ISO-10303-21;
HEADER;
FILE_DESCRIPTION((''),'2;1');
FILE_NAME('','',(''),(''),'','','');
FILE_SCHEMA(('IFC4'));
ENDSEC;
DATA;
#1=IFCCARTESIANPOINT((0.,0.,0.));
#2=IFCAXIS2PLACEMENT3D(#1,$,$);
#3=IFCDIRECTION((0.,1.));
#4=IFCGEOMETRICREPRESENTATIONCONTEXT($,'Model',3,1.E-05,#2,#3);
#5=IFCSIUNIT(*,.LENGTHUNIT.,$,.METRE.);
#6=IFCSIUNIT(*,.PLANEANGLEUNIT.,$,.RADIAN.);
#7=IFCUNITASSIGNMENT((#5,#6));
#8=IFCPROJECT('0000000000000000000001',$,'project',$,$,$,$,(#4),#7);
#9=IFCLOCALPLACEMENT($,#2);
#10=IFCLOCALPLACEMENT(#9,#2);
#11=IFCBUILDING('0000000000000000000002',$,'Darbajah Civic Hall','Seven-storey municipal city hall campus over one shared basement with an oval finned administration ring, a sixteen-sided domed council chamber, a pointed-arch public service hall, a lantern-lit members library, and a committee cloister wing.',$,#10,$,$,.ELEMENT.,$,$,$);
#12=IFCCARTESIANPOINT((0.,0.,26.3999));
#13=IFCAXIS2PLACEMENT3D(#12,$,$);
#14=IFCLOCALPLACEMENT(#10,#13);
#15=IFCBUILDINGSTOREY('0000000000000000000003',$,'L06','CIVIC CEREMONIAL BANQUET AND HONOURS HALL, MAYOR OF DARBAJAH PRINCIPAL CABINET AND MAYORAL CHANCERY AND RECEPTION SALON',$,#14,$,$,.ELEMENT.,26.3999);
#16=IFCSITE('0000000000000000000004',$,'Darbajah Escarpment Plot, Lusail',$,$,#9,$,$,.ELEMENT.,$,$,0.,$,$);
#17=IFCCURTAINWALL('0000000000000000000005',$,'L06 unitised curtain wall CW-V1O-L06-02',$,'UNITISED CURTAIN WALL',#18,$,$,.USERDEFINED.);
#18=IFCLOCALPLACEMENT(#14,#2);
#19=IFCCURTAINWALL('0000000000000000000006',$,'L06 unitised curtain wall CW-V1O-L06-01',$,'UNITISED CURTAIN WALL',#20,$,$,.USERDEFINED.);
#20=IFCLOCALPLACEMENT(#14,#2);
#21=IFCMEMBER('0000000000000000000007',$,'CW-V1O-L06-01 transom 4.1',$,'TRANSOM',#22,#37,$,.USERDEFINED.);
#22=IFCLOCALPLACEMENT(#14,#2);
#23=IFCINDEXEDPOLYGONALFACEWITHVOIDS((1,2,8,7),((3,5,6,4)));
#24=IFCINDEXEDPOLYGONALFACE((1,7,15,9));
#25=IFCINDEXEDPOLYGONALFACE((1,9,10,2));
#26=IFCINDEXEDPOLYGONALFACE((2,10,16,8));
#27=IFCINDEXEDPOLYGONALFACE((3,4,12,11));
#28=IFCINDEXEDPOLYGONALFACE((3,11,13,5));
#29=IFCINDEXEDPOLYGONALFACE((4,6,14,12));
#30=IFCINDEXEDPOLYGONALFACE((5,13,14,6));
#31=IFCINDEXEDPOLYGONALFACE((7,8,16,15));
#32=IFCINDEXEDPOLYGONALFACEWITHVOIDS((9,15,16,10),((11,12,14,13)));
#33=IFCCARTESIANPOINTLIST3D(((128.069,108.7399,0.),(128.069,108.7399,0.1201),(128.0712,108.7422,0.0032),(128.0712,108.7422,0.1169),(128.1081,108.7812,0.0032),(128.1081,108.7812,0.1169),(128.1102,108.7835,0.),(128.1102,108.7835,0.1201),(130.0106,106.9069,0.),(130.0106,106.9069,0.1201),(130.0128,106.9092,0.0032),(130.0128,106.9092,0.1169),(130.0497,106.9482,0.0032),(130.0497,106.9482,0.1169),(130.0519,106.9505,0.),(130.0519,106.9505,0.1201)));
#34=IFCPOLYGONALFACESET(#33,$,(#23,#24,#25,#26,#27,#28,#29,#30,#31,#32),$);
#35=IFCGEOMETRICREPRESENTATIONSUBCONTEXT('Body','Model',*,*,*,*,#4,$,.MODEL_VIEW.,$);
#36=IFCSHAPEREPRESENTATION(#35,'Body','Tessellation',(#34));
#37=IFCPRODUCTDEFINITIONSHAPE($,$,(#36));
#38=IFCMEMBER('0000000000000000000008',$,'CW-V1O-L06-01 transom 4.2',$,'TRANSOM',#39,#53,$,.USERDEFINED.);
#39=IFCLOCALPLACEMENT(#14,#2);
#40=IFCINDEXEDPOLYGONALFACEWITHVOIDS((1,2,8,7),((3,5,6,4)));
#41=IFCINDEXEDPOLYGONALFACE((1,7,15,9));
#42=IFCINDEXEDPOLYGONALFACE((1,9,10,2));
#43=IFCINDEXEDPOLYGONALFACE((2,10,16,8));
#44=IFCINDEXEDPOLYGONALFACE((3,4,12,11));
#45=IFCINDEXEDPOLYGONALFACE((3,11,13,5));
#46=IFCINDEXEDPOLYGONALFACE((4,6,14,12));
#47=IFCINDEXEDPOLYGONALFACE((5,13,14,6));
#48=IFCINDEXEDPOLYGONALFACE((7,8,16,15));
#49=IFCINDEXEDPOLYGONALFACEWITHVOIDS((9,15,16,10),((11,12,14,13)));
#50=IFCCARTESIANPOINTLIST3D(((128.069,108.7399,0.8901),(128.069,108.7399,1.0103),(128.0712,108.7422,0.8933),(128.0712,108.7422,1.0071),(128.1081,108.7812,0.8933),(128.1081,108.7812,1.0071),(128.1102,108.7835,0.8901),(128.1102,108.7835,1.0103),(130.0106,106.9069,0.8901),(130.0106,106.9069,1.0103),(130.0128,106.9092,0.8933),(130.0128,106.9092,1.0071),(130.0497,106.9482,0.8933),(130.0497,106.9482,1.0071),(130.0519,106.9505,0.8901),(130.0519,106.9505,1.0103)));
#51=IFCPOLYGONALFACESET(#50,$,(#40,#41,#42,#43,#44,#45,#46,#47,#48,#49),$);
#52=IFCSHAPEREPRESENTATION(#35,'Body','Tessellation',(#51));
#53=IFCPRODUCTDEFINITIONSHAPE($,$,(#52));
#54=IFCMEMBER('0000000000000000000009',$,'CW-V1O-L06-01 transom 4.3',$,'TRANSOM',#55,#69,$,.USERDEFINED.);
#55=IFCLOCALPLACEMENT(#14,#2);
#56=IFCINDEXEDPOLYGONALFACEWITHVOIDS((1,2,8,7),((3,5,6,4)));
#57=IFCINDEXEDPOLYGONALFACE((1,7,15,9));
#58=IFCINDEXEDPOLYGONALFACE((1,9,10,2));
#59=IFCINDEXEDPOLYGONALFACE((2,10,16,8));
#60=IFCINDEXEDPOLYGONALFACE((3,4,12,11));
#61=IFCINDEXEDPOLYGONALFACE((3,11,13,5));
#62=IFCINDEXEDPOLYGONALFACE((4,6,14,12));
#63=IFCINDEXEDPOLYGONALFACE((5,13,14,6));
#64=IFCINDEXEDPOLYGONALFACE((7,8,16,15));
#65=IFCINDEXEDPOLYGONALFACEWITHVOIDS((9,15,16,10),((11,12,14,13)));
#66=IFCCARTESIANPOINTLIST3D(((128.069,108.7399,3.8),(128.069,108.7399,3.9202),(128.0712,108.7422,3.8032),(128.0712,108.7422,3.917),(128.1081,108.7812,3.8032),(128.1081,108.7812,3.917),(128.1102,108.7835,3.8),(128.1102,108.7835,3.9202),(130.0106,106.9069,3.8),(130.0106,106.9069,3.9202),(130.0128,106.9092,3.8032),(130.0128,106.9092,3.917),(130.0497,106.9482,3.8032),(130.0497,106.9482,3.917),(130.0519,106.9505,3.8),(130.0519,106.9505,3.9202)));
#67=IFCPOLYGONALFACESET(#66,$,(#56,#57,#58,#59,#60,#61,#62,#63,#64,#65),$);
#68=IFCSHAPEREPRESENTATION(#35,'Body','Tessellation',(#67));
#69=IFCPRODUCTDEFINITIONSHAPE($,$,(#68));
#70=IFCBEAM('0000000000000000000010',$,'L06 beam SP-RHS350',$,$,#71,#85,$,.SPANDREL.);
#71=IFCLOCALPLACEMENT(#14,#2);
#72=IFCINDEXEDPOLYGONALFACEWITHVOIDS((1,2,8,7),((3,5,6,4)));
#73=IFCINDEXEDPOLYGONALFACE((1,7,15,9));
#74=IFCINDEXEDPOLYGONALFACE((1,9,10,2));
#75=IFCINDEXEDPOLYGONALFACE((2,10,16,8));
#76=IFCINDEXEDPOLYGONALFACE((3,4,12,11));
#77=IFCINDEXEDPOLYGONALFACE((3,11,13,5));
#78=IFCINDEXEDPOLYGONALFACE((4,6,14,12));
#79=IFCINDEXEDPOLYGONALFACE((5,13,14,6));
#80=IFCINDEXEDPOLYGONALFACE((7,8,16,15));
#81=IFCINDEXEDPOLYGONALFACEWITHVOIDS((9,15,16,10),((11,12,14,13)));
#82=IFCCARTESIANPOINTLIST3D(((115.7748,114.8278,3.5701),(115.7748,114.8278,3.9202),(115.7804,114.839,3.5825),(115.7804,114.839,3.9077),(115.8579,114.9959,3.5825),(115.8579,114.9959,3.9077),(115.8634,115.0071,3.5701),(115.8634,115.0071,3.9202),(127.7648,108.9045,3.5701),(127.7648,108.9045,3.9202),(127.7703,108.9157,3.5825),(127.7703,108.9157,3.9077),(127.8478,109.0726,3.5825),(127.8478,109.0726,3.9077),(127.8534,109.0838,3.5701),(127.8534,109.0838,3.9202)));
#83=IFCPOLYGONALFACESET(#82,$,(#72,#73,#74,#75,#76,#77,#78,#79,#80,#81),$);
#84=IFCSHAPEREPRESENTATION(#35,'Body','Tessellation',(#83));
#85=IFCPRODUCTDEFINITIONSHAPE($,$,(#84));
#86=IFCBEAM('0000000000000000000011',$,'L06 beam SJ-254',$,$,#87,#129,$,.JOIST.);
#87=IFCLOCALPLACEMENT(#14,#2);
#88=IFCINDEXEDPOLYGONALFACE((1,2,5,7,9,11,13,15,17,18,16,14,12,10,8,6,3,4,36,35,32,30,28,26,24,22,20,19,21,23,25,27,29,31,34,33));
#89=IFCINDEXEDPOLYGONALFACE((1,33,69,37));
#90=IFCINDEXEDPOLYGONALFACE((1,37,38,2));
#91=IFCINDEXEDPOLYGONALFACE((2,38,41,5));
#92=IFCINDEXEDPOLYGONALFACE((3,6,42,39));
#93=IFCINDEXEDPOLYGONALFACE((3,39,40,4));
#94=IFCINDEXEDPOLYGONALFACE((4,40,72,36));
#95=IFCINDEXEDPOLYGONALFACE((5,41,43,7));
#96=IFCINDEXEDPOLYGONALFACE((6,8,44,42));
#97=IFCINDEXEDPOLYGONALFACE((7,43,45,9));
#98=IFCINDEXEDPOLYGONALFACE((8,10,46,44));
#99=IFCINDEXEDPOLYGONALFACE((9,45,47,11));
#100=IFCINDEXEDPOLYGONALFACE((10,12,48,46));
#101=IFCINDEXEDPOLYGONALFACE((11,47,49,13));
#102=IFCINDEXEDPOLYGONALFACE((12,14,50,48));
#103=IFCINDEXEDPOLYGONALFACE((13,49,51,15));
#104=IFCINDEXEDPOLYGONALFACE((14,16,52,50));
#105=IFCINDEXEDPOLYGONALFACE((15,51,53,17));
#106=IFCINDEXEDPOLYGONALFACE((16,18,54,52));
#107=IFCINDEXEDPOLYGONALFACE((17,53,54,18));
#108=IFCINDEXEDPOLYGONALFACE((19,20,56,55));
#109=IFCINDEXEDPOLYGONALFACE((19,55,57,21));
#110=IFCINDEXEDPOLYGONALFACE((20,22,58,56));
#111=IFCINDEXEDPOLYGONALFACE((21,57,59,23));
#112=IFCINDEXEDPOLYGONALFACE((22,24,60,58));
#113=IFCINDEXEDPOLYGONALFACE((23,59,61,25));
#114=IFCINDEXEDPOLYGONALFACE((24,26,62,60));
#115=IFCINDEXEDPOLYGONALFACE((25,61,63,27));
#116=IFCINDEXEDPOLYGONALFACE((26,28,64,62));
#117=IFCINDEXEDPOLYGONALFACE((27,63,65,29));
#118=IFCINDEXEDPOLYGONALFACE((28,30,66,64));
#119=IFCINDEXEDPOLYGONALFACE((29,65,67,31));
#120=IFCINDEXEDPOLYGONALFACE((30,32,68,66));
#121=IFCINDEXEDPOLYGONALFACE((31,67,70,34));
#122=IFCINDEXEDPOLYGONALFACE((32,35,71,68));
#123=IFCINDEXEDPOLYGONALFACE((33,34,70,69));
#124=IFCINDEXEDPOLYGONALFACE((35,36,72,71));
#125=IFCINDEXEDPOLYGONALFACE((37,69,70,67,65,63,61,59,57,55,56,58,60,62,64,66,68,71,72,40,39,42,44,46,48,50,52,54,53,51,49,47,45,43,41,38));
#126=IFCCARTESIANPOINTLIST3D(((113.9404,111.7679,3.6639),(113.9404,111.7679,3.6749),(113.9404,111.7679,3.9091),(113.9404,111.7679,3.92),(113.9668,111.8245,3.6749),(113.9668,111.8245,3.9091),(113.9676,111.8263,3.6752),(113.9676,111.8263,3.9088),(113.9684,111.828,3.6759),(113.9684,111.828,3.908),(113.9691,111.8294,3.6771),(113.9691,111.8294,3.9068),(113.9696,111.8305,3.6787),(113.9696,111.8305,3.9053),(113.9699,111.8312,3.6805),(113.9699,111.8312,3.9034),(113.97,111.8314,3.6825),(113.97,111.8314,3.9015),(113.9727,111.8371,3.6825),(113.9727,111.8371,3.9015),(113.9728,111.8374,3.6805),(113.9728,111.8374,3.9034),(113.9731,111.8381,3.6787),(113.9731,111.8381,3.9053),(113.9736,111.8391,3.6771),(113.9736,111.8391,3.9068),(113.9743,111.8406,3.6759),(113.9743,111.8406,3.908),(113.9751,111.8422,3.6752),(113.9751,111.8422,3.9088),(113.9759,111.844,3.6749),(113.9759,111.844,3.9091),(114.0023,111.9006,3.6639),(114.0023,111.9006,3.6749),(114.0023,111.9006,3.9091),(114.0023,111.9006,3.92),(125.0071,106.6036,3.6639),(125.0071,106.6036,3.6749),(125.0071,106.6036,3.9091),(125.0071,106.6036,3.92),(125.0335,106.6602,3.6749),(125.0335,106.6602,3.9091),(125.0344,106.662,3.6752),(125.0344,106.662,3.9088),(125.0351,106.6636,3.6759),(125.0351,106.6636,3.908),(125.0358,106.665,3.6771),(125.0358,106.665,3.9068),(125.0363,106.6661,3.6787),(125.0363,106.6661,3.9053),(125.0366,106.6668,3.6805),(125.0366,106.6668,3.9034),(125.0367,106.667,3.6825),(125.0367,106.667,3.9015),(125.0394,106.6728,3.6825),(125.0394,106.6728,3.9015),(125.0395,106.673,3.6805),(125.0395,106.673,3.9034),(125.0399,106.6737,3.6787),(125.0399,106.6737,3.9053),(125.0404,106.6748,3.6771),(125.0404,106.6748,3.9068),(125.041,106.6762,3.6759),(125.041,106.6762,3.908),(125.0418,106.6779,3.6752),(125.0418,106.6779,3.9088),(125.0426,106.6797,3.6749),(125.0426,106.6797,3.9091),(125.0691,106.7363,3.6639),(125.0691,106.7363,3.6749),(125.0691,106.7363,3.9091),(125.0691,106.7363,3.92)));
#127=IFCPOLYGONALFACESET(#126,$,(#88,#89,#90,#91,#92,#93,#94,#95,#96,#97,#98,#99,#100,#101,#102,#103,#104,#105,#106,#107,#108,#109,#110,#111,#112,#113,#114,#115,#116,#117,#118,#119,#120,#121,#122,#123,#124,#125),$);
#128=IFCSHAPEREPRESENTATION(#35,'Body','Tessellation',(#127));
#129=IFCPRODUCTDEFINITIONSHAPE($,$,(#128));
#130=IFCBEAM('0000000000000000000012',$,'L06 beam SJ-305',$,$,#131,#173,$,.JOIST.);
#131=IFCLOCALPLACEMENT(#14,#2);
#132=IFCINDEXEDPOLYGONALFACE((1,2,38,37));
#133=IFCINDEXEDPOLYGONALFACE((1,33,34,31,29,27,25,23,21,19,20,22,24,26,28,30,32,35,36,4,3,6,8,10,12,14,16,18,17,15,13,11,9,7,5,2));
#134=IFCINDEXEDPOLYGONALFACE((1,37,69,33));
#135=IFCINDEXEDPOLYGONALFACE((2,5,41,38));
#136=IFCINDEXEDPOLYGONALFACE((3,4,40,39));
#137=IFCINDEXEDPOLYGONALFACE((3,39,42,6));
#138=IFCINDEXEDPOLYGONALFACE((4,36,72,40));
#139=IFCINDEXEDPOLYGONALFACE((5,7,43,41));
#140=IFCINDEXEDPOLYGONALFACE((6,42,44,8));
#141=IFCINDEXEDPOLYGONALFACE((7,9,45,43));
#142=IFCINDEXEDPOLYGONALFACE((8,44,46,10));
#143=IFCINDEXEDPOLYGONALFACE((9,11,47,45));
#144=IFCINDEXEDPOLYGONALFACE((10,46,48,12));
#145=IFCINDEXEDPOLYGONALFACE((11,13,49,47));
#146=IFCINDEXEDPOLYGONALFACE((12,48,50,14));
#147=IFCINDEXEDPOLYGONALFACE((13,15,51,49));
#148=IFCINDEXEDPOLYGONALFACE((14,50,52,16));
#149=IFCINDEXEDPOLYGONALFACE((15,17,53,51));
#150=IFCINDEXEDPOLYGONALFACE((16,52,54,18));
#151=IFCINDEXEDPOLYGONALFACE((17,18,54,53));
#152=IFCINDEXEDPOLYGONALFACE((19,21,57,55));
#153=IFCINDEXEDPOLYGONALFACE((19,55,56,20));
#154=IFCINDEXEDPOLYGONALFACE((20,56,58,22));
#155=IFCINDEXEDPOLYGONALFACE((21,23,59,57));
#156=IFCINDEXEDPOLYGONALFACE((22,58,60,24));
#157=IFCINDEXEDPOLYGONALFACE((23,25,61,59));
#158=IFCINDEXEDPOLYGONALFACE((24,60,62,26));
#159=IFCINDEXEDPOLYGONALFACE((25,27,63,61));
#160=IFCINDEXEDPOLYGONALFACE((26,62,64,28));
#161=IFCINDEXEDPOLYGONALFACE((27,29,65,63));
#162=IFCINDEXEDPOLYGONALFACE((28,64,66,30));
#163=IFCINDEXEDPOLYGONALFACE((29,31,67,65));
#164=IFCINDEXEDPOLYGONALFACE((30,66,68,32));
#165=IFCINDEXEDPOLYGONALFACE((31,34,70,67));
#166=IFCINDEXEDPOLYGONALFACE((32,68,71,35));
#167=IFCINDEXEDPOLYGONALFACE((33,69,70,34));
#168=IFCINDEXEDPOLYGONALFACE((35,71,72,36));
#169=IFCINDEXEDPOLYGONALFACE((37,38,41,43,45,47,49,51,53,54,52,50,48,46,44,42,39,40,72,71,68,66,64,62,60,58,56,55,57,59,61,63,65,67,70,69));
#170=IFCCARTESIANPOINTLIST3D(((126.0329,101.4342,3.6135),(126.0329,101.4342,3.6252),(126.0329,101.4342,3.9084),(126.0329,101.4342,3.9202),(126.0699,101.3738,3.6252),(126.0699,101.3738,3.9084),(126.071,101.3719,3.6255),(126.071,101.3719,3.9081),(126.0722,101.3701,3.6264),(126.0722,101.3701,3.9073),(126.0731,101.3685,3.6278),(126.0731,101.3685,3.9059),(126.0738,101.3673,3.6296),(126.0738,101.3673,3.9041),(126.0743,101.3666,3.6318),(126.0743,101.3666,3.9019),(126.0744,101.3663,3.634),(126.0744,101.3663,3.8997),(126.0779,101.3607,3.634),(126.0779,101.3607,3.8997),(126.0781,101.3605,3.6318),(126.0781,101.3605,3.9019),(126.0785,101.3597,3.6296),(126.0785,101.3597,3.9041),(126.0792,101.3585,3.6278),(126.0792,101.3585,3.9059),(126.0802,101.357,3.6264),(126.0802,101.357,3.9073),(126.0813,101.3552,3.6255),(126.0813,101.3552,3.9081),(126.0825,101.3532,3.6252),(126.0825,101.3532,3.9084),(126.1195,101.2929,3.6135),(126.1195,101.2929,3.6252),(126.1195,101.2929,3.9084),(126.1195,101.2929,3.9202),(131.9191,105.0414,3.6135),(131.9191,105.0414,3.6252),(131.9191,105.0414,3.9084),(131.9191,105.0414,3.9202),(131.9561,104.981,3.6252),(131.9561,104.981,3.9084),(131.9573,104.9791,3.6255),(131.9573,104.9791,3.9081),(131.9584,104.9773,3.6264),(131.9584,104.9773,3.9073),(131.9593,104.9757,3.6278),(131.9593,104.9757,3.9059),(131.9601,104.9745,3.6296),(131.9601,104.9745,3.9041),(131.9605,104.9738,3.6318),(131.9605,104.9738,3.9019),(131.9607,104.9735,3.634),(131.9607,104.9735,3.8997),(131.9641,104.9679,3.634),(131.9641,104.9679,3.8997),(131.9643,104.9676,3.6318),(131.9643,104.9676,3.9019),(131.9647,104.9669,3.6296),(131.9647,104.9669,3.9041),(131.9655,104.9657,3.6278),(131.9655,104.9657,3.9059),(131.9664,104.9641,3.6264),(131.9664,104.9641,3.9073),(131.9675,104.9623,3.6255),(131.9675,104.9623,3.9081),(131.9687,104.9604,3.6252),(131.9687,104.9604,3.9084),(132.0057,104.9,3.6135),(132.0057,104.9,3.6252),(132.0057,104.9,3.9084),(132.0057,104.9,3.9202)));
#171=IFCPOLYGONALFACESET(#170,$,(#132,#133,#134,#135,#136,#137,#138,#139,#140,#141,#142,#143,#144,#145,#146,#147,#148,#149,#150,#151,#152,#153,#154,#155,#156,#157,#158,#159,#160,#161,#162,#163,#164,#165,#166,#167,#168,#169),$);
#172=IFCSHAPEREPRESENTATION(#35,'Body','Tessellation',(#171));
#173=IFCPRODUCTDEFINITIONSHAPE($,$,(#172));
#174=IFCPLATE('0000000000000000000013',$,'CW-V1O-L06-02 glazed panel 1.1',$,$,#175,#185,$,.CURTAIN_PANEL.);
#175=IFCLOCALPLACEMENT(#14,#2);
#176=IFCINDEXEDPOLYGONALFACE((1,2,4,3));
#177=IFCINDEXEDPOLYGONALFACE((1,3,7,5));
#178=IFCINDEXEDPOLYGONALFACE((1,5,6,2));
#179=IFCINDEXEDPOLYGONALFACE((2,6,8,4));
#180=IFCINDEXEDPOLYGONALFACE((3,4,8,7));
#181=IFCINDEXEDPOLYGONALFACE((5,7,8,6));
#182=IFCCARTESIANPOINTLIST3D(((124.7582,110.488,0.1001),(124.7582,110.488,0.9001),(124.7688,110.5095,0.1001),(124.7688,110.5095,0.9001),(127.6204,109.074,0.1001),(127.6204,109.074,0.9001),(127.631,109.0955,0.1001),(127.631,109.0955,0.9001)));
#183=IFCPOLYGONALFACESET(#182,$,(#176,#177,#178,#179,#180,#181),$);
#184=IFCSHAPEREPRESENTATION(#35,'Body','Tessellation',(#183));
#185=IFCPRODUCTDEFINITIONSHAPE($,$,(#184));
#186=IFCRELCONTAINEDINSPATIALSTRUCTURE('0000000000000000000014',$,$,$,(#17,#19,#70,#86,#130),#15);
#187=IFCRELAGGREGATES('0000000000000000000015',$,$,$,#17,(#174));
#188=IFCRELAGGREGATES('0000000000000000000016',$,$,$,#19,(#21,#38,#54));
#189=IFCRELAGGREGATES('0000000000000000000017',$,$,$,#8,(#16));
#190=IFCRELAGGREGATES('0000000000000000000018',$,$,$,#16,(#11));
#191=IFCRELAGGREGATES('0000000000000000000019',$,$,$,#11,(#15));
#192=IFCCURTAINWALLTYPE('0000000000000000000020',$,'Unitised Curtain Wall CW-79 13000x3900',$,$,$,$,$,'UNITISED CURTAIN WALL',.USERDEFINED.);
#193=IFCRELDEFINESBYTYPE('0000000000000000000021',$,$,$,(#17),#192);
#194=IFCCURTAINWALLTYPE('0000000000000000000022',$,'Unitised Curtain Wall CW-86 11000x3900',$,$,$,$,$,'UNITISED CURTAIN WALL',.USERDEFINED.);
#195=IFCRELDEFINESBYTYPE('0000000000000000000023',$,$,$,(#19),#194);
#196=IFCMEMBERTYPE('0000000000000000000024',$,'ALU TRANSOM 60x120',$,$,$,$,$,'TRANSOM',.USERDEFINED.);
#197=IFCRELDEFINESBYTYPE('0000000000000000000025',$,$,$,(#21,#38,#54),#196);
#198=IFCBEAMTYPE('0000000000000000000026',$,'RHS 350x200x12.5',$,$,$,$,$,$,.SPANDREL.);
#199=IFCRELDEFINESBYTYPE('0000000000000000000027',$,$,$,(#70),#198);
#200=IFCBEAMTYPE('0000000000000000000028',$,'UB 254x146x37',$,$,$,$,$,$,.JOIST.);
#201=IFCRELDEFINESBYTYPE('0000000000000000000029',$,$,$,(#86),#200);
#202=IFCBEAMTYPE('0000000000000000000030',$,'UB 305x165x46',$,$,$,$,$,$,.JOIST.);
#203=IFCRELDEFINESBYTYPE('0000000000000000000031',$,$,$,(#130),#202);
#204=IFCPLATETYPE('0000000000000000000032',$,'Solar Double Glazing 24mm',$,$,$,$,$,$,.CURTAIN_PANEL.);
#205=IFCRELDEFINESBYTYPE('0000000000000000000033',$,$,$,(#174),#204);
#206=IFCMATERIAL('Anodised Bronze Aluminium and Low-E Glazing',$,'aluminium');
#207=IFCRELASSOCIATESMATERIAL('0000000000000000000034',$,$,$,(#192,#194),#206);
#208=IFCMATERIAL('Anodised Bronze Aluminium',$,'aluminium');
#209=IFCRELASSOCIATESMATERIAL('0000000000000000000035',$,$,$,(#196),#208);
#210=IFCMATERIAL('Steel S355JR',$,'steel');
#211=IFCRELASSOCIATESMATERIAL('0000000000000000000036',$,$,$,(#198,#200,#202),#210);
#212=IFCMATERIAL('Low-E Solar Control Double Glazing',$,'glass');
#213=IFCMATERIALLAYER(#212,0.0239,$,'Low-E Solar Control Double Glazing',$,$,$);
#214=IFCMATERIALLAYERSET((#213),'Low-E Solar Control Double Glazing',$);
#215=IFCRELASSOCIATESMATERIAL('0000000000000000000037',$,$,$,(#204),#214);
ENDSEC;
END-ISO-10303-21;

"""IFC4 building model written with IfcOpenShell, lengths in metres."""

from ifc_helpers import new_model, si_unit, direction, frame, origin, origin_2d, place, context, subcontext, project, spatial, rectangle, hollow_rectangle, i_section, extrude, material, layer, layer_set, material_profile, profile_set, type_object, element, aggregate, save


model = new_model("IFC4")

# Units and contexts
model_context = context("Model", 3, precision=1e-05, world=origin(), true_north=direction((0.0, 1.0)))
body_context = subcontext(model_context, "Body", "Model", "MODEL_VIEW")
ifc_project = project(units=[si_unit("LENGTHUNIT", "METRE"), si_unit("PLANEANGLEUNIT", "RADIAN")], contexts=[model_context])

# Site, building, storey
site_placement = place(None, origin())
site = spatial("IfcSite", under=ifc_project, at=site_placement, Name="Darbajah Escarpment Plot, Lusail", CompositionType="ELEMENT", RefElevation=0.0)
building_placement = place(site_placement, origin())
building = spatial("IfcBuilding", under=site, at=building_placement, Name="Darbajah Civic Hall", Description="Seven-storey municipal city hall campus over one shared basement with an oval finned administration ring, a sixteen-sided domed council chamber, a pointed-arch public service hall, a lantern-lit members library, and a committee cloister wing.", CompositionType="ELEMENT")
storey_placement = place(building_placement, frame((0.0, 0.0, 26.3999)))
storey = spatial("IfcBuildingStorey", under=building, at=storey_placement, Name="L06", Description="CIVIC CEREMONIAL BANQUET AND HONOURS HALL, MAYOR OF DARBAJAH PRINCIPAL CABINET AND MAYORAL CHANCERY AND RECEPTION SALON", CompositionType="ELEMENT", Elevation=26.3999)

# Curtain walls
ifc_material_1 = material(Name="Anodised Bronze Aluminium and Low-E Glazing", Category="aluminium")
curtain_wall_type_1 = type_object("IfcCurtainWallType", Name="Unitised Curtain Wall CW-79 13000x3900", ElementType="UNITISED CURTAIN WALL", PredefinedType="USERDEFINED", material=ifc_material_1)
curtain_wall_1_placement = place(storey_placement, origin())
curtain_wall_1 = element("IfcCurtainWall", 1, at=curtain_wall_1_placement, inside=storey, type_object=curtain_wall_type_1, Name="L06 unitised curtain wall CW-V1O-L06-02", ObjectType="UNITISED CURTAIN WALL", PredefinedType="USERDEFINED")
ifc_material_2 = material(Name="Anodised Bronze Aluminium", Category="aluminium")
curtain_wall_type_2 = type_object("IfcCurtainWallType", Name="Unitised Curtain Wall CW-86 11000x3900", ElementType="UNITISED CURTAIN WALL", PredefinedType="USERDEFINED", material=ifc_material_1)
curtain_wall_2_placement = place(storey_placement, origin())
curtain_wall_2 = element("IfcCurtainWall", 2, at=curtain_wall_2_placement, inside=storey, type_object=curtain_wall_type_2, Name="L06 unitised curtain wall CW-V1O-L06-01", ObjectType="UNITISED CURTAIN WALL", PredefinedType="USERDEFINED")

# Members
ifc_material_profile_1 = material_profile(ifc_material_2, hollow_rectangle(XDim=0.0601, YDim=0.1201, WallThickness=0.0032, at=origin_2d()), Name="ALU TRANSOM 60x120")
ifc_profile_set_1 = profile_set([ifc_material_profile_1], Name="Anodised Bronze Aluminium")
member_type_1 = type_object("IfcMemberType", Name="ALU TRANSOM 60x120", ElementType="TRANSOM", PredefinedType="USERDEFINED", material=ifc_profile_set_1)
member_1_placement = place(storey_placement, frame((130.0312, 106.9287, 0.0601), z_axis=(-0.727158, 0.68647, 0.0), x_axis=(-0.68647, -0.727158, 0.0)))
member_1 = element("IfcMember", 3, at=member_1_placement, type_object=member_type_1, Name="CW-V1O-L06-01 transom 4.1", ObjectType="TRANSOM", PredefinedType="USERDEFINED", context=body_context, shape_type="SweptSolid", body=[
    extrude(hollow_rectangle(XDim=0.0601, YDim=0.1201, WallThickness=0.0032, at=origin_2d()), origin(), (0.0, 0.0, 1.0), 2.6702),
])
member_2_placement = place(storey_placement, frame((130.0312, 106.9287, 0.9502), z_axis=(-0.727158, 0.68647, 0.0), x_axis=(-0.68647, -0.727158, 0.0)))
member_2 = element("IfcMember", 4, at=member_2_placement, type_object=member_type_1, Name="CW-V1O-L06-01 transom 4.2", ObjectType="TRANSOM", PredefinedType="USERDEFINED", context=body_context, shape_type="SweptSolid", body=[
    extrude(hollow_rectangle(XDim=0.0601, YDim=0.1201, WallThickness=0.0032, at=origin_2d()), origin(), (0.0, 0.0, 1.0), 2.6702),
])
member_3_placement = place(storey_placement, frame((130.0312, 106.9287, 3.8601), z_axis=(-0.727158, 0.68647, 0.0), x_axis=(-0.68647, -0.727158, 0.0)))
member_3 = element("IfcMember", 5, at=member_3_placement, type_object=member_type_1, Name="CW-V1O-L06-01 transom 4.3", ObjectType="TRANSOM", PredefinedType="USERDEFINED", context=body_context, shape_type="SweptSolid", body=[
    extrude(hollow_rectangle(XDim=0.0601, YDim=0.1201, WallThickness=0.0032, at=origin_2d()), origin(), (0.0, 0.0, 1.0), 2.6702),
])

# Beams
ifc_material_3 = material(Name="Steel S355JR", Category="steel")
ifc_material_profile_2 = material_profile(ifc_material_3, hollow_rectangle(XDim=0.2, YDim=0.3501, WallThickness=0.0125, at=origin_2d()), Name="RHS 350x200x12.5")
ifc_profile_set_2 = profile_set([ifc_material_profile_2], Name="Steel S355JR")
beam_type_1 = type_object("IfcBeamType", Name="RHS 350x200x12.5", PredefinedType="SPANDREL", material=ifc_profile_set_2)
beam_1_placement = place(storey_placement, frame((127.8091, 108.9941, 3.7451), z_axis=(-0.89656, 0.442922, 0.0), x_axis=(-0.442922, -0.89656, 0.0)))
element("IfcBeam", 6, at=beam_1_placement, inside=storey, type_object=beam_type_1, Name="L06 beam SP-RHS350", PredefinedType="SPANDREL", context=body_context, shape_type="SweptSolid", body=[
    extrude(hollow_rectangle(XDim=0.2, YDim=0.3501, WallThickness=0.0125, at=origin_2d()), origin(), (0.0, 0.0, 1.0), 13.3733),
])
ifc_material_profile_3 = material_profile(ifc_material_3, i_section(OverallWidth=0.1465, OverallDepth=0.2561, WebThickness=0.0063, FlangeThickness=0.011, FilletRadius=0.0076, at=origin_2d()), Name="UB 254x146x37")
ifc_profile_set_3 = profile_set([ifc_material_profile_3], Name="Steel S355JR")
beam_type_2 = type_object("IfcBeamType", Name="UB 254x146x37", PredefinedType="JOIST", material=ifc_profile_set_3)
beam_2_placement = place(storey_placement, frame((125.0381, 106.6699, 3.792), z_axis=(-0.906187, 0.422877, 0.0), x_axis=(-0.422877, -0.906187, 0.0)))
element("IfcBeam", 7, at=beam_2_placement, inside=storey, type_object=beam_type_2, Name="L06 beam SJ-254", PredefinedType="JOIST", context=body_context, shape_type="SweptSolid", body=[
    extrude(i_section(OverallWidth=0.1465, OverallDepth=0.2561, WebThickness=0.0063, FlangeThickness=0.011, FilletRadius=0.0076, at=origin_2d()), origin(), (0.0, 0.0, 1.0), 12.2124),
])
ifc_material_profile_4 = material_profile(ifc_material_3, i_section(OverallWidth=0.1658, OverallDepth=0.3066, WebThickness=0.0066, FlangeThickness=0.0117, FilletRadius=0.0088, at=origin_2d()), Name="UB 305x165x46")
ifc_profile_set_4 = profile_set([ifc_material_profile_4], Name="Steel S355JR")
beam_type_3 = type_object("IfcBeamType", Name="UB 305x165x46", PredefinedType="JOIST", material=ifc_profile_set_4)
beam_3_placement = place(storey_placement, frame((126.0762, 101.3635, 3.7668), z_axis=(0.852634, 0.522508, 0.0), x_axis=(-0.522508, 0.852634, 0.0)))
element("IfcBeam", 8, at=beam_3_placement, inside=storey, type_object=beam_type_3, Name="L06 beam SJ-305", PredefinedType="JOIST", context=body_context, shape_type="SweptSolid", body=[
    extrude(i_section(OverallWidth=0.1658, OverallDepth=0.3066, WebThickness=0.0066, FlangeThickness=0.0117, FilletRadius=0.0088, at=origin_2d()), origin(), (0.0, 0.0, 1.0), 6.9036),
])

# Plate
ifc_material_4 = material(Name="Low-E Solar Control Double Glazing", Category="glass")
ifc_layer_1 = layer(ifc_material_4, 0.0239, Name="Low-E Solar Control Double Glazing")
ifc_layer_set_1 = layer_set([ifc_layer_1], Name="Low-E Solar Control Double Glazing")
plate_type_1 = type_object("IfcPlateType", Name="Solar Double Glazing 24mm", PredefinedType="CURTAIN_PANEL", material=ifc_layer_set_1)
plate_1_placement = place(storey_placement, frame((126.1946, 109.7917, 0.1001), z_axis=(0.0, 0.0, 1.0), x_axis=(-0.896564, 0.442915, 0.0)))
plate_1 = element("IfcPlate", 9, at=plate_1_placement, type_object=plate_type_1, Name="CW-V1O-L06-02 glazed panel 1.1", PredefinedType="CURTAIN_PANEL", context=body_context, shape_type="SweptSolid", body=[
    extrude(rectangle(XDim=3.1924, YDim=0.0239, at=origin_2d()), origin(), (0.0, 0.0, 1.0), 0.8),
])
aggregate(curtain_wall_1, [plate_1])
aggregate(curtain_wall_2, [member_1, member_2, member_3])

save(model, "model.ifc")
